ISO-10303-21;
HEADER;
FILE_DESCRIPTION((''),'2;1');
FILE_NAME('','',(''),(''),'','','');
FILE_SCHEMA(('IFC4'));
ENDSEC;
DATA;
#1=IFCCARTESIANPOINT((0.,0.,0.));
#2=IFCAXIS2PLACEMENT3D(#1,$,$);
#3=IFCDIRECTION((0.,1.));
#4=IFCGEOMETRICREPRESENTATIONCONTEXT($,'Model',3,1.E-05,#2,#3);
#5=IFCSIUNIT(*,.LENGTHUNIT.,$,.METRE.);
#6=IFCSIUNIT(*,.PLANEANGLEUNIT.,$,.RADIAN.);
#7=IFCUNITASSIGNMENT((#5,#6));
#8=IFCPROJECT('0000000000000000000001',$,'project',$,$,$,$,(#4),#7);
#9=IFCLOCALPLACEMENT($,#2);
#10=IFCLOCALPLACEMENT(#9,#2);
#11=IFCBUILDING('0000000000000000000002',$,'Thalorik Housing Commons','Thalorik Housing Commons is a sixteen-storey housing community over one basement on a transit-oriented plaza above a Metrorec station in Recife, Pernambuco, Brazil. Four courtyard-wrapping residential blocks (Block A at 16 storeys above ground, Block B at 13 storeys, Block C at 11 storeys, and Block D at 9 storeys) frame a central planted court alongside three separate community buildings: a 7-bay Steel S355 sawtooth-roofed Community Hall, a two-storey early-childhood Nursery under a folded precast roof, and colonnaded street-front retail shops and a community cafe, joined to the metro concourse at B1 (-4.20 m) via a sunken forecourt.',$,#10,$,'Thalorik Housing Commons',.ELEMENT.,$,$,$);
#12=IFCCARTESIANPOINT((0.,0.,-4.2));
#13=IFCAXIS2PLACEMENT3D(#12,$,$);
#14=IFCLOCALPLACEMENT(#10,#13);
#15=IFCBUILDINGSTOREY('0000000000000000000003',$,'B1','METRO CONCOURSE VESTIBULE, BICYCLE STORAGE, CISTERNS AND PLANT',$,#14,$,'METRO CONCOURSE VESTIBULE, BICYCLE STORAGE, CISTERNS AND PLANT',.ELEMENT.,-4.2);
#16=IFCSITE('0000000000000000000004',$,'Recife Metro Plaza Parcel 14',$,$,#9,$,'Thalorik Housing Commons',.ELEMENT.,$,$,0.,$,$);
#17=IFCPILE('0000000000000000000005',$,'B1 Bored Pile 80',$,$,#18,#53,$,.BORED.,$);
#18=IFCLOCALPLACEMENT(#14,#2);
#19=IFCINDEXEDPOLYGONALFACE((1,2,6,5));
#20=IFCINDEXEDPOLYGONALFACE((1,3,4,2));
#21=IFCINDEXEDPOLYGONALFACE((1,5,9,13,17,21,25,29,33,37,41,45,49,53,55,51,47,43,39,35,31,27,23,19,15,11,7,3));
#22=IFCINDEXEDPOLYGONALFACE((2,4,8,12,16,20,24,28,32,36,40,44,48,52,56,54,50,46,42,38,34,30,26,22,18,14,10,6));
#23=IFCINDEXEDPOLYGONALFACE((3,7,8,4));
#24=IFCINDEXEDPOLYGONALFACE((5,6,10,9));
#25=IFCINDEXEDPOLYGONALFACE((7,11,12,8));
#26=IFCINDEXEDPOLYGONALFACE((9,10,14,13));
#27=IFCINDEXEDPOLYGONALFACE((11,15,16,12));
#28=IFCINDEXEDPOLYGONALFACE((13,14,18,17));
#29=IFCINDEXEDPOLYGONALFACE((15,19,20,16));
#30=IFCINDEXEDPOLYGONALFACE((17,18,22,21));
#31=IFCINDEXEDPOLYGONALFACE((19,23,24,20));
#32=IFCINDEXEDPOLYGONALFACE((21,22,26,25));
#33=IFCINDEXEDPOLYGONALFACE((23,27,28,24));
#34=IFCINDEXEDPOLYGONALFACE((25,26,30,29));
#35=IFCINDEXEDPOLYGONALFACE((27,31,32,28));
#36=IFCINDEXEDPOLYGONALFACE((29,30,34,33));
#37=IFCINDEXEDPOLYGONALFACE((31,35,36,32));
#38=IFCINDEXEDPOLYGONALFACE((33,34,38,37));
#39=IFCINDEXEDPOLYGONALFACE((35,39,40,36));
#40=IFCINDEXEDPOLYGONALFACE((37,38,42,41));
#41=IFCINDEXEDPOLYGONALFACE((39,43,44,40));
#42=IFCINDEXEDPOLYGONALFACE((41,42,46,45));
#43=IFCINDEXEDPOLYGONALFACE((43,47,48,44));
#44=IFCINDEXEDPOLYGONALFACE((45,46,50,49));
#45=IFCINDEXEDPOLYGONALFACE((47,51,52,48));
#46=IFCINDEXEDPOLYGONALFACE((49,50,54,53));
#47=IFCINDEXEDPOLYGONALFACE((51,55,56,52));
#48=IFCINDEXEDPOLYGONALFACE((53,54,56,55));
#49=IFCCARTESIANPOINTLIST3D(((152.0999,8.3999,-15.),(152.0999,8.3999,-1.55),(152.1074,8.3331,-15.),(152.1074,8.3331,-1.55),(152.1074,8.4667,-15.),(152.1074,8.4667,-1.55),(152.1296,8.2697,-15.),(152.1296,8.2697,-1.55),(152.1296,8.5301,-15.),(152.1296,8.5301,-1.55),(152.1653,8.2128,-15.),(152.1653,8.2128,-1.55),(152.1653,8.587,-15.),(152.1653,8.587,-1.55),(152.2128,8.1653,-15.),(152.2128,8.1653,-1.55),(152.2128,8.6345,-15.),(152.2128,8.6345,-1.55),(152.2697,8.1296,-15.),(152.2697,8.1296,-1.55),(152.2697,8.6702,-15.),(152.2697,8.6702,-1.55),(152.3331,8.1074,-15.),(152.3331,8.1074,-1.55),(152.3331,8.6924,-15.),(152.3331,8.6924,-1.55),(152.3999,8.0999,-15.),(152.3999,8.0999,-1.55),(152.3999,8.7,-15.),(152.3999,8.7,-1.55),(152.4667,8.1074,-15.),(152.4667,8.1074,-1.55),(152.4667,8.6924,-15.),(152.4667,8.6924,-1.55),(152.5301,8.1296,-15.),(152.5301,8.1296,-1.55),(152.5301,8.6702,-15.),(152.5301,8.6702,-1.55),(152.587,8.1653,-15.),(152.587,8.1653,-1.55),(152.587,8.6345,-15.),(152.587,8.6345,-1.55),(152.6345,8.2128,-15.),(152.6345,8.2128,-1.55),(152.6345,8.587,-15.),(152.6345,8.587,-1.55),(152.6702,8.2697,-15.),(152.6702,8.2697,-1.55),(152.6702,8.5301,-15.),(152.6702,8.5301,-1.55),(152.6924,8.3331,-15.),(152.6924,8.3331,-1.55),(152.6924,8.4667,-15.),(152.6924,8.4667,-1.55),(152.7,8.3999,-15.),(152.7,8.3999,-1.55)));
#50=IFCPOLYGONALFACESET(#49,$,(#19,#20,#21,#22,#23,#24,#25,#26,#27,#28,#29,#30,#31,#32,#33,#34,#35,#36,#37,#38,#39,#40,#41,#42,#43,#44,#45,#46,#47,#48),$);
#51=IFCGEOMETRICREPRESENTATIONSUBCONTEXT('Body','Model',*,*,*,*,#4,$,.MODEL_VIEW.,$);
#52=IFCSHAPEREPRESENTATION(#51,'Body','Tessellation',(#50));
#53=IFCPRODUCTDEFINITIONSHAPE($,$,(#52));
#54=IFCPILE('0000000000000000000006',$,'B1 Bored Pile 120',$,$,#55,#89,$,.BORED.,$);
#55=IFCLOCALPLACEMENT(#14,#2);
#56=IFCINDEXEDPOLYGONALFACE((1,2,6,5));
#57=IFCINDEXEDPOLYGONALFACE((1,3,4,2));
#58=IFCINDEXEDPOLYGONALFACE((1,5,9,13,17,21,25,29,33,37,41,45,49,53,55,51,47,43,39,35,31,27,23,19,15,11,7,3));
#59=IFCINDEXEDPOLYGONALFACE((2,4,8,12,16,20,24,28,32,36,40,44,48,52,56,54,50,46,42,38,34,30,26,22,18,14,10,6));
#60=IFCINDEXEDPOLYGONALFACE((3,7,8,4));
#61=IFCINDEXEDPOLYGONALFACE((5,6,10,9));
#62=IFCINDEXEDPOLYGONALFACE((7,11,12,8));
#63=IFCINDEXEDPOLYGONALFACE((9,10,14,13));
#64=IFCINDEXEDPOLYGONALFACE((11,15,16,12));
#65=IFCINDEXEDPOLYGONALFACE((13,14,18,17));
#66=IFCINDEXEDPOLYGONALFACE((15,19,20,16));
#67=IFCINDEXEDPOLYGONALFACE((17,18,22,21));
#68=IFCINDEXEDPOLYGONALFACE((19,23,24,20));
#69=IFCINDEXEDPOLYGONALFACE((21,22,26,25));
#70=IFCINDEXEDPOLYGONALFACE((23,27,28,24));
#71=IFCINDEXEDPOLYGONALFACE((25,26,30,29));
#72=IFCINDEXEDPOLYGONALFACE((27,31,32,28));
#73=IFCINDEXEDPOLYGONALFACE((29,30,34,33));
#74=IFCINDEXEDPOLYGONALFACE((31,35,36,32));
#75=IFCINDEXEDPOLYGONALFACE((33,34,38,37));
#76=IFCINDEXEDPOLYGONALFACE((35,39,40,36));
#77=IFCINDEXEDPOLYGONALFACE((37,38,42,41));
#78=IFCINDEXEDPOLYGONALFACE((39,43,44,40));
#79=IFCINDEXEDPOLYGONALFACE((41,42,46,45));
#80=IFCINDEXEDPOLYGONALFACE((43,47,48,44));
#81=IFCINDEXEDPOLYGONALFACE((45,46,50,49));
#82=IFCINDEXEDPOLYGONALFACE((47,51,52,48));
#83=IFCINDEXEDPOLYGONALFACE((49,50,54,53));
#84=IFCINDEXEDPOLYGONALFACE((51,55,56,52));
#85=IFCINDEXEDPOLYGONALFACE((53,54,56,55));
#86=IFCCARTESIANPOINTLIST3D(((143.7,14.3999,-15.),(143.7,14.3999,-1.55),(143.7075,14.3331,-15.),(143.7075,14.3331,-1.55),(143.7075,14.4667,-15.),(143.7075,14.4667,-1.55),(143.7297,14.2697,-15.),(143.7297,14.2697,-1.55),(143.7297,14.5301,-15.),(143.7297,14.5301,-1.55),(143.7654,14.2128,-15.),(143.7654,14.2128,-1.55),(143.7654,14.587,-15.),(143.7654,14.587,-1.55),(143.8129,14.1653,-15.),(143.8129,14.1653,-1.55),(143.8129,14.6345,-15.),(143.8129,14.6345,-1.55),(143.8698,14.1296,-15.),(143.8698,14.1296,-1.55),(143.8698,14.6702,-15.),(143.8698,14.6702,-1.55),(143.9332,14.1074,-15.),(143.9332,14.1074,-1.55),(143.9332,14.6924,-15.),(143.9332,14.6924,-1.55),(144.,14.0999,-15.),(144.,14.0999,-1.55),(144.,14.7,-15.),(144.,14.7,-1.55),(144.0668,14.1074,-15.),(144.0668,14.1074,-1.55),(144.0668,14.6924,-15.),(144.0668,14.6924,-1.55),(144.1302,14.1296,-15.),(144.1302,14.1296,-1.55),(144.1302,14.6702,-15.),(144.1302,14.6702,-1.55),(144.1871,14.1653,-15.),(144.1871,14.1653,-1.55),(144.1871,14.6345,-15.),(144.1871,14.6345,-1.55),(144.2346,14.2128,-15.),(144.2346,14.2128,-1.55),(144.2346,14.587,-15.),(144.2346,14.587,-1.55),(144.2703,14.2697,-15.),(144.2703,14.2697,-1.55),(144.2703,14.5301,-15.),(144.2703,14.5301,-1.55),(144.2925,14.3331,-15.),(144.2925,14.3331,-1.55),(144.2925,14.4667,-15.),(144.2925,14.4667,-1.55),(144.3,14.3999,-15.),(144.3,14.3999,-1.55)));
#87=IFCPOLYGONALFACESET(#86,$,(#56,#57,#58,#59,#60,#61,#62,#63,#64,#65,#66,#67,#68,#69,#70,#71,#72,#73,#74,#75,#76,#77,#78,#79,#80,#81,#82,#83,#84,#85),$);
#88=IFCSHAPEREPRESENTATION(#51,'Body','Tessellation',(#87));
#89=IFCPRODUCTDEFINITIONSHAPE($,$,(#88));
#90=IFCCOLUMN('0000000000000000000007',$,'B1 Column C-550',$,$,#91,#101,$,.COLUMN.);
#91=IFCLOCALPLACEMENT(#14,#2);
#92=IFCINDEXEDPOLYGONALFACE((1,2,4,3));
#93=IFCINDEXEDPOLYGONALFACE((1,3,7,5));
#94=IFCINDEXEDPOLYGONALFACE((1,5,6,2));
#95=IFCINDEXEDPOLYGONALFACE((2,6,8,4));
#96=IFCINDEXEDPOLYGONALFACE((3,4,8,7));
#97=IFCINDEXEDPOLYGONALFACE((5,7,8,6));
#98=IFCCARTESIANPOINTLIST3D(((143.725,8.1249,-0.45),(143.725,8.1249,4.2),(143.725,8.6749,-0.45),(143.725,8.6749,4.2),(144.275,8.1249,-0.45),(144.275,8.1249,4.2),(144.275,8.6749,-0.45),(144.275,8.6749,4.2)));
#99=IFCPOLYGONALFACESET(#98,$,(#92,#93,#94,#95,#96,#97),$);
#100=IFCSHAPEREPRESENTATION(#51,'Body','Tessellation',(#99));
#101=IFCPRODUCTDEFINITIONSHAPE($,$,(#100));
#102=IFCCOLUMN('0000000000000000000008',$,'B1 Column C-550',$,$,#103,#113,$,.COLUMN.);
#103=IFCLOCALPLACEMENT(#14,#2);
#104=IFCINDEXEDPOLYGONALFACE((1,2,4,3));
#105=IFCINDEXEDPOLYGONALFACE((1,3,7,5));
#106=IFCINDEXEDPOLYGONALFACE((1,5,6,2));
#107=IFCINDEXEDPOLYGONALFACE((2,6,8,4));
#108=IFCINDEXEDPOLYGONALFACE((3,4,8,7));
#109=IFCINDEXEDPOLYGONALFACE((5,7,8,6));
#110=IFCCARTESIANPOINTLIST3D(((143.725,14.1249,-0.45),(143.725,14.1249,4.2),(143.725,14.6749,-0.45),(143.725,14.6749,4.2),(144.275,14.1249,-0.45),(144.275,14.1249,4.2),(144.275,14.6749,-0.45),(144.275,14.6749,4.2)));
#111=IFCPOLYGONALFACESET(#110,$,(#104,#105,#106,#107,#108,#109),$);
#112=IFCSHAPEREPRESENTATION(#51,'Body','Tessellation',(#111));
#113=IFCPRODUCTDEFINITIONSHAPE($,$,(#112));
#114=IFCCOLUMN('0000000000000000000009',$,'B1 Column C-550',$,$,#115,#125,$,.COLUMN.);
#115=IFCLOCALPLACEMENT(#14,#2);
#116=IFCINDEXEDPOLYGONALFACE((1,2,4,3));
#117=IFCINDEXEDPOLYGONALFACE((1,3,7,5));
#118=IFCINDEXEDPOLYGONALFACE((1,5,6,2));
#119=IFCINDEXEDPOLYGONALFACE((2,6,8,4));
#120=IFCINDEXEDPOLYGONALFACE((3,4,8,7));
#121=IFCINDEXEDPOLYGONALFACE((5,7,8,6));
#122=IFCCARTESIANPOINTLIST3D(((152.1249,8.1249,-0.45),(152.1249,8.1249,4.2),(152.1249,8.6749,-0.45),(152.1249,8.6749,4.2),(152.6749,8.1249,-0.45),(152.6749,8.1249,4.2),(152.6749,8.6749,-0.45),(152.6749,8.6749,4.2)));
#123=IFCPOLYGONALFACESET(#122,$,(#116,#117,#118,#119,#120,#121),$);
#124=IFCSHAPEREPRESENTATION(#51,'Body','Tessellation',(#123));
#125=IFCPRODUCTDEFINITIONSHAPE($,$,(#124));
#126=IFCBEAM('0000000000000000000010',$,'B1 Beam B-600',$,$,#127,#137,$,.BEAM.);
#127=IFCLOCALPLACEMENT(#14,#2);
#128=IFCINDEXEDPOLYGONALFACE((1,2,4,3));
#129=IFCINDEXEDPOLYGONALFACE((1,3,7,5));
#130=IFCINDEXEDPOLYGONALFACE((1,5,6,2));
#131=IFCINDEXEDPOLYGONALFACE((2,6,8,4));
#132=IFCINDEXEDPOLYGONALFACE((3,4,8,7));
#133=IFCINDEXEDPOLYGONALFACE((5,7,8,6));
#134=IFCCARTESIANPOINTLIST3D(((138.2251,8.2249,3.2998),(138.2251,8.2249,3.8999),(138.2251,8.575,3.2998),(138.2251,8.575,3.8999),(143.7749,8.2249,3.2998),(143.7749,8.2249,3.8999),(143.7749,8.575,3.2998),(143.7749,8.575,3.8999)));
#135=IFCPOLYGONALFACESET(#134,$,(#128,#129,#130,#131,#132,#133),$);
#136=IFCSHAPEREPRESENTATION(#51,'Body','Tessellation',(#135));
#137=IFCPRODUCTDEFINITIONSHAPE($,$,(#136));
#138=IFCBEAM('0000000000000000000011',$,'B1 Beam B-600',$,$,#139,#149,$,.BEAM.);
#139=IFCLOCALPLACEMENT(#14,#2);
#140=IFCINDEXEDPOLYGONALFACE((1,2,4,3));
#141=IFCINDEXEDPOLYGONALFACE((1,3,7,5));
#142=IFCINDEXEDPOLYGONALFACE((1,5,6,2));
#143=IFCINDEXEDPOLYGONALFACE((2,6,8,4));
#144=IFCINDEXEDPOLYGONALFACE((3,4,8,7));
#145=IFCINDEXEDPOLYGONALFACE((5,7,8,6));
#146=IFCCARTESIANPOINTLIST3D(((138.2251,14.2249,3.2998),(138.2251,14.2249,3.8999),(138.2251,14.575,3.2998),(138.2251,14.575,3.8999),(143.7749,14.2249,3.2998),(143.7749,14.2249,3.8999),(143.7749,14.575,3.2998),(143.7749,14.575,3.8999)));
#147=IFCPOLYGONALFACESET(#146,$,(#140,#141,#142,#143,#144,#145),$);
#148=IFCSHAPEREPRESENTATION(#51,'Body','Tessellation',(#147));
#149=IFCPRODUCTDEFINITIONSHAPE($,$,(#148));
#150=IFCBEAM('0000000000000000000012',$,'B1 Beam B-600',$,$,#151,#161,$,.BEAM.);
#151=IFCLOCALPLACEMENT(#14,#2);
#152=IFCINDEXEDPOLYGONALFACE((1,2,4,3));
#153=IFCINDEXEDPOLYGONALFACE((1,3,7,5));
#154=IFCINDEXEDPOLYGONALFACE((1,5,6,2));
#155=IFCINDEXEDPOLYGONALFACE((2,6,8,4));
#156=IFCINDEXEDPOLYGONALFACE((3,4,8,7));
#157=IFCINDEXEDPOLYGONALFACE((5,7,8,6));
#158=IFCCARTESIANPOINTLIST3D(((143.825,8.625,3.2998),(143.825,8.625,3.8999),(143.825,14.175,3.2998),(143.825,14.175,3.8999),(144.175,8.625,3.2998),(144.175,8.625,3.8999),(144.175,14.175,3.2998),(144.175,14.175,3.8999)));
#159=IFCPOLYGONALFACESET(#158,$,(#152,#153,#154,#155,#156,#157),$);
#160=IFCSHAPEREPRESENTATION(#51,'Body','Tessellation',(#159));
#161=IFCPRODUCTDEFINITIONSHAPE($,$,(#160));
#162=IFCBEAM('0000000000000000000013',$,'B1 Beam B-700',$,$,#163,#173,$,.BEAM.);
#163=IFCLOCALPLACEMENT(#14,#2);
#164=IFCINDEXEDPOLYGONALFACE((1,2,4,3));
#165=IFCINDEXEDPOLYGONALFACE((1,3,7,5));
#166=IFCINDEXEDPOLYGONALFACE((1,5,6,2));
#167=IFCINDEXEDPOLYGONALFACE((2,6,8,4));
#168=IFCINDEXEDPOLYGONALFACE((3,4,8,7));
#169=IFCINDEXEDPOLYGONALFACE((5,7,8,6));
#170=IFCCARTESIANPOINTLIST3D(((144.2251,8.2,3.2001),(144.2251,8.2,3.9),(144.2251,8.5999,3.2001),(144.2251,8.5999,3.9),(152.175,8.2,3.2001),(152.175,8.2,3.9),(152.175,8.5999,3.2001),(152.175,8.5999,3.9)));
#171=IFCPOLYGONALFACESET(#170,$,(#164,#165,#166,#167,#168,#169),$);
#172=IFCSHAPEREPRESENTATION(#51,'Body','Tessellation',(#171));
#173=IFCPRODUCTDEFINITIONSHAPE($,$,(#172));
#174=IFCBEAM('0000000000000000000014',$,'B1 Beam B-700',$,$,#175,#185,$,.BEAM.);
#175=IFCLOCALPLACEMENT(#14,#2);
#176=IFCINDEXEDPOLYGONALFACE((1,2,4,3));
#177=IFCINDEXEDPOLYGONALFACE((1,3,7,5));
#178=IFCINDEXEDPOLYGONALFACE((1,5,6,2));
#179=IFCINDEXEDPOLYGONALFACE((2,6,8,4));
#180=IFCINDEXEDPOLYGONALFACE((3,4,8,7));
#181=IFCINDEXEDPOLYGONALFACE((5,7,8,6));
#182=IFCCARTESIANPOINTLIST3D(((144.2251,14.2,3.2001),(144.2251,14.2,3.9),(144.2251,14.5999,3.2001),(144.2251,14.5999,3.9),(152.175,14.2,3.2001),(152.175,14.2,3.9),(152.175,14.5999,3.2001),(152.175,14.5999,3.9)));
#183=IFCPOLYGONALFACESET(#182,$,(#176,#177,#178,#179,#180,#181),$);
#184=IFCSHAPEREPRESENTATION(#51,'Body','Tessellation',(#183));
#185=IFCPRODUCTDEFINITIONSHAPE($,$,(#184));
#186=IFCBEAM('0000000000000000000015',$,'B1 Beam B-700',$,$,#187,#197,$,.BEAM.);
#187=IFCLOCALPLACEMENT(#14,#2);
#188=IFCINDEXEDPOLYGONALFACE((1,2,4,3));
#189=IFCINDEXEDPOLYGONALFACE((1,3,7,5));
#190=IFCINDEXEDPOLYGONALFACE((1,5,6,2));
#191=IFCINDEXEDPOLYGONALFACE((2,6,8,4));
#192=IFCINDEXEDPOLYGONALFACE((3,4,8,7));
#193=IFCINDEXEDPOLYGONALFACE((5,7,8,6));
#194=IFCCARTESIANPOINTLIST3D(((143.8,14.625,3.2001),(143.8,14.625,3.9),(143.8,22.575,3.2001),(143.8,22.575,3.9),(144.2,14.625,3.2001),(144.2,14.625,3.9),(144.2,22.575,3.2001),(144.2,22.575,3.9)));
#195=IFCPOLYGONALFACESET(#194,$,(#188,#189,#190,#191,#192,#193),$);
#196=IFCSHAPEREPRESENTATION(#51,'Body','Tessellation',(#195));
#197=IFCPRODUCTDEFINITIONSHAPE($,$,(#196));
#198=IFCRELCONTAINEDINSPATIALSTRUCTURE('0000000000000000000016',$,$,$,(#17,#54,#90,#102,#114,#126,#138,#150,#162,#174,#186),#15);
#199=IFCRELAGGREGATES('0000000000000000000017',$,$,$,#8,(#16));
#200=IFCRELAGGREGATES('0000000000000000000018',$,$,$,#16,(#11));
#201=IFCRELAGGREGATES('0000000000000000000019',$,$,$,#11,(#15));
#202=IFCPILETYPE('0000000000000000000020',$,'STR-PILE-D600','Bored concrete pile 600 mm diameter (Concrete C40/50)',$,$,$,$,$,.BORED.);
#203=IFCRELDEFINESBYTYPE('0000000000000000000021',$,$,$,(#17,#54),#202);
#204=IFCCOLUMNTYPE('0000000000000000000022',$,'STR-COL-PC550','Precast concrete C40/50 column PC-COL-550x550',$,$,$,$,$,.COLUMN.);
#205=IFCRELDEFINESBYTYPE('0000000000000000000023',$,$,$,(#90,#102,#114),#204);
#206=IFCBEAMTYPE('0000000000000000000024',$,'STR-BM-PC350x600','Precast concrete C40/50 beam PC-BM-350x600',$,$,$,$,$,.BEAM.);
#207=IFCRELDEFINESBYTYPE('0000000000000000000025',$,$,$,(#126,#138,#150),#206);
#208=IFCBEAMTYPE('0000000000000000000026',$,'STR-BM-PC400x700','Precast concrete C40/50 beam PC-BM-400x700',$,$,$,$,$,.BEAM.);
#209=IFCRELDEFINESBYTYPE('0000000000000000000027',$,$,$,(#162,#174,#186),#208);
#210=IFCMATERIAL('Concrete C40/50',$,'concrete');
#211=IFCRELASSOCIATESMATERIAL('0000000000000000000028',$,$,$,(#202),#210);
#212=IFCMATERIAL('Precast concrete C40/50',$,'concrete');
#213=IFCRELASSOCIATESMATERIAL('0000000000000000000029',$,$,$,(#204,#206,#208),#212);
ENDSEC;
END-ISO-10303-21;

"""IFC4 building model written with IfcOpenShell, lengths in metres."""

from ifc_helpers import new_model, si_unit, direction, frame, origin, origin_2d, place, context, subcontext, project, spatial, rectangle, circle, extrude, material, material_profile, profile_set, type_object, element, save


model = new_model("IFC4")

# Units and contexts
model_context = context("Model", 3, precision=1e-05, world=origin(), true_north=direction((0.0, 1.0)))
body_context = subcontext(model_context, "Body", "Model", "MODEL_VIEW")
ifc_project = project(units=[si_unit("LENGTHUNIT", "METRE"), si_unit("PLANEANGLEUNIT", "RADIAN")], contexts=[model_context])

# Site, building, storey
site_placement = place(None, origin())
site = spatial("IfcSite", under=ifc_project, at=site_placement, Name="Recife Metro Plaza Parcel 14", LongName="Thalorik Housing Commons", CompositionType="ELEMENT", RefElevation=0.0)
building_placement = place(site_placement, origin())
building = spatial("IfcBuilding", under=site, at=building_placement, Name="Thalorik Housing Commons", Description="Thalorik Housing Commons is a sixteen-storey housing community over one basement on a transit-oriented plaza above a Metrorec station in Recife, Pernambuco, Brazil. Four courtyard-wrapping residential blocks (Block A at 16 storeys above ground, Block B at 13 storeys, Block C at 11 storeys, and Block D at 9 storeys) frame a central planted court alongside three separate community buildings: a 7-bay Steel S355 sawtooth-roofed Community Hall, a two-storey early-childhood Nursery under a folded precast roof, and colonnaded street-front retail shops and a community cafe, joined to the metro concourse at B1 (-4.20 m) via a sunken forecourt.", LongName="Thalorik Housing Commons", CompositionType="ELEMENT")
storey_placement = place(building_placement, frame((0.0, 0.0, -4.2)))
storey = spatial("IfcBuildingStorey", under=building, at=storey_placement, Name="B1", Description="METRO CONCOURSE VESTIBULE, BICYCLE STORAGE, CISTERNS AND PLANT", LongName="METRO CONCOURSE VESTIBULE, BICYCLE STORAGE, CISTERNS AND PLANT", CompositionType="ELEMENT", Elevation=-4.2)

# Shared definitions
ifc_material_1 = material(Name="Concrete C40/50", Category="concrete")

# Piles
ifc_material_profile_1 = material_profile(ifc_material_1, circle(Radius=0.3, at=origin_2d()), Name="BORED PILE D600", Category="concrete")
ifc_profile_set_1 = profile_set([ifc_material_profile_1], Name="Concrete C40/50")
pile_type = type_object("IfcPileType", Name="STR-PILE-D600", Description="Bored concrete pile 600 mm diameter (Concrete C40/50)", PredefinedType="BORED", material=ifc_profile_set_1)
for number, where, z_axis, x_axis, name in (
    (1, (152.3999, 8.3999, -1.55), (0.0, 0.0, -1.0), (1.0, 0.0, 0.0), "B1 Bored Pile 80"),
    (2, (144.0, 14.3999, -1.55), (0.0, 0.0, -1.0), (1.0, 0.0, 0.0), "B1 Bored Pile 120"),
):
    element("IfcPile", number, at=place(storey_placement, frame(where, z_axis=z_axis, x_axis=x_axis)), inside=storey, type_object=pile_type, Name=name, PredefinedType="BORED", context=body_context, shape_type="SweptSolid", body=[
        extrude(circle(Radius=0.3, at=origin_2d()), origin(), (0.0, 0.0, 1.0), 13.45),
    ])

# Columns
ifc_material_2 = material(Name="Precast concrete C40/50", Category="concrete")
ifc_material_profile_2 = material_profile(ifc_material_2, rectangle(XDim=0.55, YDim=0.55, at=origin_2d()), Name="PC 550x550", Category="concrete")
ifc_profile_set_2 = profile_set([ifc_material_profile_2], Name="Precast concrete C40/50")
column_type = type_object("IfcColumnType", Name="STR-COL-PC550", Description="Precast concrete C40/50 column PC-COL-550x550", PredefinedType="COLUMN", material=ifc_profile_set_2)
for number, where, z_axis, x_axis, name in (
    (3, (144.0, 8.3999, -0.45), (0.0, 0.0, 1.0), (1.0, 0.0, 0.0), "B1 Column C-550"),
    (4, (144.0, 14.3999, -0.45), (0.0, 0.0, 1.0), (1.0, 0.0, 0.0), "B1 Column C-550"),
    (5, (152.3999, 8.3999, -0.45), (0.0, 0.0, 1.0), (1.0, 0.0, 0.0), "B1 Column C-550"),
):
    element("IfcColumn", number, at=place(storey_placement, frame(where, z_axis=z_axis, x_axis=x_axis)), inside=storey, type_object=column_type, Name=name, PredefinedType="COLUMN", context=body_context, shape_type="SweptSolid", body=[
        extrude(rectangle(XDim=0.55, YDim=0.55, at=origin_2d()), origin(), (0.0, 0.0, 1.0), 4.6499),
    ])

# Beams
ifc_material_profile_3 = material_profile(ifc_material_2, rectangle(XDim=0.3501, YDim=0.6001, at=origin_2d()), Name="PC 350x600", Category="concrete")
ifc_profile_set_3 = profile_set([ifc_material_profile_3], Name="Precast concrete C40/50")
beam_type_1 = type_object("IfcBeamType", Name="STR-BM-PC350x600", Description="Precast concrete C40/50 beam PC-BM-350x600", PredefinedType="BEAM", material=ifc_profile_set_3)
for number, where, z_axis, x_axis, name in (
    (6, (138.2251, 8.3999, 3.5999), (1.0, 0.0, 0.0), (0.0, 1.0, 0.0), "B1 Beam B-600"),
    (7, (138.2251, 14.3999, 3.5999), (1.0, 0.0, 0.0), (0.0, 1.0, 0.0), "B1 Beam B-600"),
):
    element("IfcBeam", number, at=place(storey_placement, frame(where, z_axis=z_axis, x_axis=x_axis)), inside=storey, type_object=beam_type_1, Name=name, PredefinedType="BEAM", context=body_context, shape_type="SweptSolid", body=[
        extrude(rectangle(XDim=0.3501, YDim=0.6001, at=origin_2d()), origin(), (0.0, 0.0, 1.0), 5.5498),
    ])
beam_1_placement = place(storey_placement, frame((144.0, 8.625, 3.5999), z_axis=(0.0, 1.0, 0.0), x_axis=(-1.0, 0.0, 0.0)))
element("IfcBeam", 8, at=beam_1_placement, inside=storey, type_object=beam_type_1, Name="B1 Beam B-600", PredefinedType="BEAM", context=body_context, shape_type="SweptSolid", body=[
    extrude(rectangle(XDim=0.3501, YDim=0.6001, at=origin_2d()), origin(), (0.0, 0.0, 1.0), 5.55),
])
ifc_material_profile_4 = material_profile(ifc_material_2, rectangle(XDim=0.3999, YDim=0.7, at=origin_2d()), Name="PC 400x700", Category="concrete")
ifc_profile_set_4 = profile_set([ifc_material_profile_4], Name="Precast concrete C40/50")
beam_type_2 = type_object("IfcBeamType", Name="STR-BM-PC400x700", Description="Precast concrete C40/50 beam PC-BM-400x700", PredefinedType="BEAM", material=ifc_profile_set_4)
for number, where, z_axis, x_axis, name in (
    (9, (144.2251, 8.3999, 3.55), (1.0, 0.0, 0.0), (0.0, 1.0, 0.0), "B1 Beam B-700"),
    (10, (144.2251, 14.3999, 3.55), (1.0, 0.0, 0.0), (0.0, 1.0, 0.0), "B1 Beam B-700"),
    (11, (144.0, 14.625, 3.55), (0.0, 1.0, 0.0), (-1.0, 0.0, 0.0), "B1 Beam B-700"),
):
    element("IfcBeam", number, at=place(storey_placement, frame(where, z_axis=z_axis, x_axis=x_axis)), inside=storey, type_object=beam_type_2, Name=name, PredefinedType="BEAM", context=body_context, shape_type="SweptSolid", body=[
        extrude(rectangle(XDim=0.3999, YDim=0.7, at=origin_2d()), origin(), (0.0, 0.0, 1.0), 7.95),
    ])

save(model, "model.ifc")
